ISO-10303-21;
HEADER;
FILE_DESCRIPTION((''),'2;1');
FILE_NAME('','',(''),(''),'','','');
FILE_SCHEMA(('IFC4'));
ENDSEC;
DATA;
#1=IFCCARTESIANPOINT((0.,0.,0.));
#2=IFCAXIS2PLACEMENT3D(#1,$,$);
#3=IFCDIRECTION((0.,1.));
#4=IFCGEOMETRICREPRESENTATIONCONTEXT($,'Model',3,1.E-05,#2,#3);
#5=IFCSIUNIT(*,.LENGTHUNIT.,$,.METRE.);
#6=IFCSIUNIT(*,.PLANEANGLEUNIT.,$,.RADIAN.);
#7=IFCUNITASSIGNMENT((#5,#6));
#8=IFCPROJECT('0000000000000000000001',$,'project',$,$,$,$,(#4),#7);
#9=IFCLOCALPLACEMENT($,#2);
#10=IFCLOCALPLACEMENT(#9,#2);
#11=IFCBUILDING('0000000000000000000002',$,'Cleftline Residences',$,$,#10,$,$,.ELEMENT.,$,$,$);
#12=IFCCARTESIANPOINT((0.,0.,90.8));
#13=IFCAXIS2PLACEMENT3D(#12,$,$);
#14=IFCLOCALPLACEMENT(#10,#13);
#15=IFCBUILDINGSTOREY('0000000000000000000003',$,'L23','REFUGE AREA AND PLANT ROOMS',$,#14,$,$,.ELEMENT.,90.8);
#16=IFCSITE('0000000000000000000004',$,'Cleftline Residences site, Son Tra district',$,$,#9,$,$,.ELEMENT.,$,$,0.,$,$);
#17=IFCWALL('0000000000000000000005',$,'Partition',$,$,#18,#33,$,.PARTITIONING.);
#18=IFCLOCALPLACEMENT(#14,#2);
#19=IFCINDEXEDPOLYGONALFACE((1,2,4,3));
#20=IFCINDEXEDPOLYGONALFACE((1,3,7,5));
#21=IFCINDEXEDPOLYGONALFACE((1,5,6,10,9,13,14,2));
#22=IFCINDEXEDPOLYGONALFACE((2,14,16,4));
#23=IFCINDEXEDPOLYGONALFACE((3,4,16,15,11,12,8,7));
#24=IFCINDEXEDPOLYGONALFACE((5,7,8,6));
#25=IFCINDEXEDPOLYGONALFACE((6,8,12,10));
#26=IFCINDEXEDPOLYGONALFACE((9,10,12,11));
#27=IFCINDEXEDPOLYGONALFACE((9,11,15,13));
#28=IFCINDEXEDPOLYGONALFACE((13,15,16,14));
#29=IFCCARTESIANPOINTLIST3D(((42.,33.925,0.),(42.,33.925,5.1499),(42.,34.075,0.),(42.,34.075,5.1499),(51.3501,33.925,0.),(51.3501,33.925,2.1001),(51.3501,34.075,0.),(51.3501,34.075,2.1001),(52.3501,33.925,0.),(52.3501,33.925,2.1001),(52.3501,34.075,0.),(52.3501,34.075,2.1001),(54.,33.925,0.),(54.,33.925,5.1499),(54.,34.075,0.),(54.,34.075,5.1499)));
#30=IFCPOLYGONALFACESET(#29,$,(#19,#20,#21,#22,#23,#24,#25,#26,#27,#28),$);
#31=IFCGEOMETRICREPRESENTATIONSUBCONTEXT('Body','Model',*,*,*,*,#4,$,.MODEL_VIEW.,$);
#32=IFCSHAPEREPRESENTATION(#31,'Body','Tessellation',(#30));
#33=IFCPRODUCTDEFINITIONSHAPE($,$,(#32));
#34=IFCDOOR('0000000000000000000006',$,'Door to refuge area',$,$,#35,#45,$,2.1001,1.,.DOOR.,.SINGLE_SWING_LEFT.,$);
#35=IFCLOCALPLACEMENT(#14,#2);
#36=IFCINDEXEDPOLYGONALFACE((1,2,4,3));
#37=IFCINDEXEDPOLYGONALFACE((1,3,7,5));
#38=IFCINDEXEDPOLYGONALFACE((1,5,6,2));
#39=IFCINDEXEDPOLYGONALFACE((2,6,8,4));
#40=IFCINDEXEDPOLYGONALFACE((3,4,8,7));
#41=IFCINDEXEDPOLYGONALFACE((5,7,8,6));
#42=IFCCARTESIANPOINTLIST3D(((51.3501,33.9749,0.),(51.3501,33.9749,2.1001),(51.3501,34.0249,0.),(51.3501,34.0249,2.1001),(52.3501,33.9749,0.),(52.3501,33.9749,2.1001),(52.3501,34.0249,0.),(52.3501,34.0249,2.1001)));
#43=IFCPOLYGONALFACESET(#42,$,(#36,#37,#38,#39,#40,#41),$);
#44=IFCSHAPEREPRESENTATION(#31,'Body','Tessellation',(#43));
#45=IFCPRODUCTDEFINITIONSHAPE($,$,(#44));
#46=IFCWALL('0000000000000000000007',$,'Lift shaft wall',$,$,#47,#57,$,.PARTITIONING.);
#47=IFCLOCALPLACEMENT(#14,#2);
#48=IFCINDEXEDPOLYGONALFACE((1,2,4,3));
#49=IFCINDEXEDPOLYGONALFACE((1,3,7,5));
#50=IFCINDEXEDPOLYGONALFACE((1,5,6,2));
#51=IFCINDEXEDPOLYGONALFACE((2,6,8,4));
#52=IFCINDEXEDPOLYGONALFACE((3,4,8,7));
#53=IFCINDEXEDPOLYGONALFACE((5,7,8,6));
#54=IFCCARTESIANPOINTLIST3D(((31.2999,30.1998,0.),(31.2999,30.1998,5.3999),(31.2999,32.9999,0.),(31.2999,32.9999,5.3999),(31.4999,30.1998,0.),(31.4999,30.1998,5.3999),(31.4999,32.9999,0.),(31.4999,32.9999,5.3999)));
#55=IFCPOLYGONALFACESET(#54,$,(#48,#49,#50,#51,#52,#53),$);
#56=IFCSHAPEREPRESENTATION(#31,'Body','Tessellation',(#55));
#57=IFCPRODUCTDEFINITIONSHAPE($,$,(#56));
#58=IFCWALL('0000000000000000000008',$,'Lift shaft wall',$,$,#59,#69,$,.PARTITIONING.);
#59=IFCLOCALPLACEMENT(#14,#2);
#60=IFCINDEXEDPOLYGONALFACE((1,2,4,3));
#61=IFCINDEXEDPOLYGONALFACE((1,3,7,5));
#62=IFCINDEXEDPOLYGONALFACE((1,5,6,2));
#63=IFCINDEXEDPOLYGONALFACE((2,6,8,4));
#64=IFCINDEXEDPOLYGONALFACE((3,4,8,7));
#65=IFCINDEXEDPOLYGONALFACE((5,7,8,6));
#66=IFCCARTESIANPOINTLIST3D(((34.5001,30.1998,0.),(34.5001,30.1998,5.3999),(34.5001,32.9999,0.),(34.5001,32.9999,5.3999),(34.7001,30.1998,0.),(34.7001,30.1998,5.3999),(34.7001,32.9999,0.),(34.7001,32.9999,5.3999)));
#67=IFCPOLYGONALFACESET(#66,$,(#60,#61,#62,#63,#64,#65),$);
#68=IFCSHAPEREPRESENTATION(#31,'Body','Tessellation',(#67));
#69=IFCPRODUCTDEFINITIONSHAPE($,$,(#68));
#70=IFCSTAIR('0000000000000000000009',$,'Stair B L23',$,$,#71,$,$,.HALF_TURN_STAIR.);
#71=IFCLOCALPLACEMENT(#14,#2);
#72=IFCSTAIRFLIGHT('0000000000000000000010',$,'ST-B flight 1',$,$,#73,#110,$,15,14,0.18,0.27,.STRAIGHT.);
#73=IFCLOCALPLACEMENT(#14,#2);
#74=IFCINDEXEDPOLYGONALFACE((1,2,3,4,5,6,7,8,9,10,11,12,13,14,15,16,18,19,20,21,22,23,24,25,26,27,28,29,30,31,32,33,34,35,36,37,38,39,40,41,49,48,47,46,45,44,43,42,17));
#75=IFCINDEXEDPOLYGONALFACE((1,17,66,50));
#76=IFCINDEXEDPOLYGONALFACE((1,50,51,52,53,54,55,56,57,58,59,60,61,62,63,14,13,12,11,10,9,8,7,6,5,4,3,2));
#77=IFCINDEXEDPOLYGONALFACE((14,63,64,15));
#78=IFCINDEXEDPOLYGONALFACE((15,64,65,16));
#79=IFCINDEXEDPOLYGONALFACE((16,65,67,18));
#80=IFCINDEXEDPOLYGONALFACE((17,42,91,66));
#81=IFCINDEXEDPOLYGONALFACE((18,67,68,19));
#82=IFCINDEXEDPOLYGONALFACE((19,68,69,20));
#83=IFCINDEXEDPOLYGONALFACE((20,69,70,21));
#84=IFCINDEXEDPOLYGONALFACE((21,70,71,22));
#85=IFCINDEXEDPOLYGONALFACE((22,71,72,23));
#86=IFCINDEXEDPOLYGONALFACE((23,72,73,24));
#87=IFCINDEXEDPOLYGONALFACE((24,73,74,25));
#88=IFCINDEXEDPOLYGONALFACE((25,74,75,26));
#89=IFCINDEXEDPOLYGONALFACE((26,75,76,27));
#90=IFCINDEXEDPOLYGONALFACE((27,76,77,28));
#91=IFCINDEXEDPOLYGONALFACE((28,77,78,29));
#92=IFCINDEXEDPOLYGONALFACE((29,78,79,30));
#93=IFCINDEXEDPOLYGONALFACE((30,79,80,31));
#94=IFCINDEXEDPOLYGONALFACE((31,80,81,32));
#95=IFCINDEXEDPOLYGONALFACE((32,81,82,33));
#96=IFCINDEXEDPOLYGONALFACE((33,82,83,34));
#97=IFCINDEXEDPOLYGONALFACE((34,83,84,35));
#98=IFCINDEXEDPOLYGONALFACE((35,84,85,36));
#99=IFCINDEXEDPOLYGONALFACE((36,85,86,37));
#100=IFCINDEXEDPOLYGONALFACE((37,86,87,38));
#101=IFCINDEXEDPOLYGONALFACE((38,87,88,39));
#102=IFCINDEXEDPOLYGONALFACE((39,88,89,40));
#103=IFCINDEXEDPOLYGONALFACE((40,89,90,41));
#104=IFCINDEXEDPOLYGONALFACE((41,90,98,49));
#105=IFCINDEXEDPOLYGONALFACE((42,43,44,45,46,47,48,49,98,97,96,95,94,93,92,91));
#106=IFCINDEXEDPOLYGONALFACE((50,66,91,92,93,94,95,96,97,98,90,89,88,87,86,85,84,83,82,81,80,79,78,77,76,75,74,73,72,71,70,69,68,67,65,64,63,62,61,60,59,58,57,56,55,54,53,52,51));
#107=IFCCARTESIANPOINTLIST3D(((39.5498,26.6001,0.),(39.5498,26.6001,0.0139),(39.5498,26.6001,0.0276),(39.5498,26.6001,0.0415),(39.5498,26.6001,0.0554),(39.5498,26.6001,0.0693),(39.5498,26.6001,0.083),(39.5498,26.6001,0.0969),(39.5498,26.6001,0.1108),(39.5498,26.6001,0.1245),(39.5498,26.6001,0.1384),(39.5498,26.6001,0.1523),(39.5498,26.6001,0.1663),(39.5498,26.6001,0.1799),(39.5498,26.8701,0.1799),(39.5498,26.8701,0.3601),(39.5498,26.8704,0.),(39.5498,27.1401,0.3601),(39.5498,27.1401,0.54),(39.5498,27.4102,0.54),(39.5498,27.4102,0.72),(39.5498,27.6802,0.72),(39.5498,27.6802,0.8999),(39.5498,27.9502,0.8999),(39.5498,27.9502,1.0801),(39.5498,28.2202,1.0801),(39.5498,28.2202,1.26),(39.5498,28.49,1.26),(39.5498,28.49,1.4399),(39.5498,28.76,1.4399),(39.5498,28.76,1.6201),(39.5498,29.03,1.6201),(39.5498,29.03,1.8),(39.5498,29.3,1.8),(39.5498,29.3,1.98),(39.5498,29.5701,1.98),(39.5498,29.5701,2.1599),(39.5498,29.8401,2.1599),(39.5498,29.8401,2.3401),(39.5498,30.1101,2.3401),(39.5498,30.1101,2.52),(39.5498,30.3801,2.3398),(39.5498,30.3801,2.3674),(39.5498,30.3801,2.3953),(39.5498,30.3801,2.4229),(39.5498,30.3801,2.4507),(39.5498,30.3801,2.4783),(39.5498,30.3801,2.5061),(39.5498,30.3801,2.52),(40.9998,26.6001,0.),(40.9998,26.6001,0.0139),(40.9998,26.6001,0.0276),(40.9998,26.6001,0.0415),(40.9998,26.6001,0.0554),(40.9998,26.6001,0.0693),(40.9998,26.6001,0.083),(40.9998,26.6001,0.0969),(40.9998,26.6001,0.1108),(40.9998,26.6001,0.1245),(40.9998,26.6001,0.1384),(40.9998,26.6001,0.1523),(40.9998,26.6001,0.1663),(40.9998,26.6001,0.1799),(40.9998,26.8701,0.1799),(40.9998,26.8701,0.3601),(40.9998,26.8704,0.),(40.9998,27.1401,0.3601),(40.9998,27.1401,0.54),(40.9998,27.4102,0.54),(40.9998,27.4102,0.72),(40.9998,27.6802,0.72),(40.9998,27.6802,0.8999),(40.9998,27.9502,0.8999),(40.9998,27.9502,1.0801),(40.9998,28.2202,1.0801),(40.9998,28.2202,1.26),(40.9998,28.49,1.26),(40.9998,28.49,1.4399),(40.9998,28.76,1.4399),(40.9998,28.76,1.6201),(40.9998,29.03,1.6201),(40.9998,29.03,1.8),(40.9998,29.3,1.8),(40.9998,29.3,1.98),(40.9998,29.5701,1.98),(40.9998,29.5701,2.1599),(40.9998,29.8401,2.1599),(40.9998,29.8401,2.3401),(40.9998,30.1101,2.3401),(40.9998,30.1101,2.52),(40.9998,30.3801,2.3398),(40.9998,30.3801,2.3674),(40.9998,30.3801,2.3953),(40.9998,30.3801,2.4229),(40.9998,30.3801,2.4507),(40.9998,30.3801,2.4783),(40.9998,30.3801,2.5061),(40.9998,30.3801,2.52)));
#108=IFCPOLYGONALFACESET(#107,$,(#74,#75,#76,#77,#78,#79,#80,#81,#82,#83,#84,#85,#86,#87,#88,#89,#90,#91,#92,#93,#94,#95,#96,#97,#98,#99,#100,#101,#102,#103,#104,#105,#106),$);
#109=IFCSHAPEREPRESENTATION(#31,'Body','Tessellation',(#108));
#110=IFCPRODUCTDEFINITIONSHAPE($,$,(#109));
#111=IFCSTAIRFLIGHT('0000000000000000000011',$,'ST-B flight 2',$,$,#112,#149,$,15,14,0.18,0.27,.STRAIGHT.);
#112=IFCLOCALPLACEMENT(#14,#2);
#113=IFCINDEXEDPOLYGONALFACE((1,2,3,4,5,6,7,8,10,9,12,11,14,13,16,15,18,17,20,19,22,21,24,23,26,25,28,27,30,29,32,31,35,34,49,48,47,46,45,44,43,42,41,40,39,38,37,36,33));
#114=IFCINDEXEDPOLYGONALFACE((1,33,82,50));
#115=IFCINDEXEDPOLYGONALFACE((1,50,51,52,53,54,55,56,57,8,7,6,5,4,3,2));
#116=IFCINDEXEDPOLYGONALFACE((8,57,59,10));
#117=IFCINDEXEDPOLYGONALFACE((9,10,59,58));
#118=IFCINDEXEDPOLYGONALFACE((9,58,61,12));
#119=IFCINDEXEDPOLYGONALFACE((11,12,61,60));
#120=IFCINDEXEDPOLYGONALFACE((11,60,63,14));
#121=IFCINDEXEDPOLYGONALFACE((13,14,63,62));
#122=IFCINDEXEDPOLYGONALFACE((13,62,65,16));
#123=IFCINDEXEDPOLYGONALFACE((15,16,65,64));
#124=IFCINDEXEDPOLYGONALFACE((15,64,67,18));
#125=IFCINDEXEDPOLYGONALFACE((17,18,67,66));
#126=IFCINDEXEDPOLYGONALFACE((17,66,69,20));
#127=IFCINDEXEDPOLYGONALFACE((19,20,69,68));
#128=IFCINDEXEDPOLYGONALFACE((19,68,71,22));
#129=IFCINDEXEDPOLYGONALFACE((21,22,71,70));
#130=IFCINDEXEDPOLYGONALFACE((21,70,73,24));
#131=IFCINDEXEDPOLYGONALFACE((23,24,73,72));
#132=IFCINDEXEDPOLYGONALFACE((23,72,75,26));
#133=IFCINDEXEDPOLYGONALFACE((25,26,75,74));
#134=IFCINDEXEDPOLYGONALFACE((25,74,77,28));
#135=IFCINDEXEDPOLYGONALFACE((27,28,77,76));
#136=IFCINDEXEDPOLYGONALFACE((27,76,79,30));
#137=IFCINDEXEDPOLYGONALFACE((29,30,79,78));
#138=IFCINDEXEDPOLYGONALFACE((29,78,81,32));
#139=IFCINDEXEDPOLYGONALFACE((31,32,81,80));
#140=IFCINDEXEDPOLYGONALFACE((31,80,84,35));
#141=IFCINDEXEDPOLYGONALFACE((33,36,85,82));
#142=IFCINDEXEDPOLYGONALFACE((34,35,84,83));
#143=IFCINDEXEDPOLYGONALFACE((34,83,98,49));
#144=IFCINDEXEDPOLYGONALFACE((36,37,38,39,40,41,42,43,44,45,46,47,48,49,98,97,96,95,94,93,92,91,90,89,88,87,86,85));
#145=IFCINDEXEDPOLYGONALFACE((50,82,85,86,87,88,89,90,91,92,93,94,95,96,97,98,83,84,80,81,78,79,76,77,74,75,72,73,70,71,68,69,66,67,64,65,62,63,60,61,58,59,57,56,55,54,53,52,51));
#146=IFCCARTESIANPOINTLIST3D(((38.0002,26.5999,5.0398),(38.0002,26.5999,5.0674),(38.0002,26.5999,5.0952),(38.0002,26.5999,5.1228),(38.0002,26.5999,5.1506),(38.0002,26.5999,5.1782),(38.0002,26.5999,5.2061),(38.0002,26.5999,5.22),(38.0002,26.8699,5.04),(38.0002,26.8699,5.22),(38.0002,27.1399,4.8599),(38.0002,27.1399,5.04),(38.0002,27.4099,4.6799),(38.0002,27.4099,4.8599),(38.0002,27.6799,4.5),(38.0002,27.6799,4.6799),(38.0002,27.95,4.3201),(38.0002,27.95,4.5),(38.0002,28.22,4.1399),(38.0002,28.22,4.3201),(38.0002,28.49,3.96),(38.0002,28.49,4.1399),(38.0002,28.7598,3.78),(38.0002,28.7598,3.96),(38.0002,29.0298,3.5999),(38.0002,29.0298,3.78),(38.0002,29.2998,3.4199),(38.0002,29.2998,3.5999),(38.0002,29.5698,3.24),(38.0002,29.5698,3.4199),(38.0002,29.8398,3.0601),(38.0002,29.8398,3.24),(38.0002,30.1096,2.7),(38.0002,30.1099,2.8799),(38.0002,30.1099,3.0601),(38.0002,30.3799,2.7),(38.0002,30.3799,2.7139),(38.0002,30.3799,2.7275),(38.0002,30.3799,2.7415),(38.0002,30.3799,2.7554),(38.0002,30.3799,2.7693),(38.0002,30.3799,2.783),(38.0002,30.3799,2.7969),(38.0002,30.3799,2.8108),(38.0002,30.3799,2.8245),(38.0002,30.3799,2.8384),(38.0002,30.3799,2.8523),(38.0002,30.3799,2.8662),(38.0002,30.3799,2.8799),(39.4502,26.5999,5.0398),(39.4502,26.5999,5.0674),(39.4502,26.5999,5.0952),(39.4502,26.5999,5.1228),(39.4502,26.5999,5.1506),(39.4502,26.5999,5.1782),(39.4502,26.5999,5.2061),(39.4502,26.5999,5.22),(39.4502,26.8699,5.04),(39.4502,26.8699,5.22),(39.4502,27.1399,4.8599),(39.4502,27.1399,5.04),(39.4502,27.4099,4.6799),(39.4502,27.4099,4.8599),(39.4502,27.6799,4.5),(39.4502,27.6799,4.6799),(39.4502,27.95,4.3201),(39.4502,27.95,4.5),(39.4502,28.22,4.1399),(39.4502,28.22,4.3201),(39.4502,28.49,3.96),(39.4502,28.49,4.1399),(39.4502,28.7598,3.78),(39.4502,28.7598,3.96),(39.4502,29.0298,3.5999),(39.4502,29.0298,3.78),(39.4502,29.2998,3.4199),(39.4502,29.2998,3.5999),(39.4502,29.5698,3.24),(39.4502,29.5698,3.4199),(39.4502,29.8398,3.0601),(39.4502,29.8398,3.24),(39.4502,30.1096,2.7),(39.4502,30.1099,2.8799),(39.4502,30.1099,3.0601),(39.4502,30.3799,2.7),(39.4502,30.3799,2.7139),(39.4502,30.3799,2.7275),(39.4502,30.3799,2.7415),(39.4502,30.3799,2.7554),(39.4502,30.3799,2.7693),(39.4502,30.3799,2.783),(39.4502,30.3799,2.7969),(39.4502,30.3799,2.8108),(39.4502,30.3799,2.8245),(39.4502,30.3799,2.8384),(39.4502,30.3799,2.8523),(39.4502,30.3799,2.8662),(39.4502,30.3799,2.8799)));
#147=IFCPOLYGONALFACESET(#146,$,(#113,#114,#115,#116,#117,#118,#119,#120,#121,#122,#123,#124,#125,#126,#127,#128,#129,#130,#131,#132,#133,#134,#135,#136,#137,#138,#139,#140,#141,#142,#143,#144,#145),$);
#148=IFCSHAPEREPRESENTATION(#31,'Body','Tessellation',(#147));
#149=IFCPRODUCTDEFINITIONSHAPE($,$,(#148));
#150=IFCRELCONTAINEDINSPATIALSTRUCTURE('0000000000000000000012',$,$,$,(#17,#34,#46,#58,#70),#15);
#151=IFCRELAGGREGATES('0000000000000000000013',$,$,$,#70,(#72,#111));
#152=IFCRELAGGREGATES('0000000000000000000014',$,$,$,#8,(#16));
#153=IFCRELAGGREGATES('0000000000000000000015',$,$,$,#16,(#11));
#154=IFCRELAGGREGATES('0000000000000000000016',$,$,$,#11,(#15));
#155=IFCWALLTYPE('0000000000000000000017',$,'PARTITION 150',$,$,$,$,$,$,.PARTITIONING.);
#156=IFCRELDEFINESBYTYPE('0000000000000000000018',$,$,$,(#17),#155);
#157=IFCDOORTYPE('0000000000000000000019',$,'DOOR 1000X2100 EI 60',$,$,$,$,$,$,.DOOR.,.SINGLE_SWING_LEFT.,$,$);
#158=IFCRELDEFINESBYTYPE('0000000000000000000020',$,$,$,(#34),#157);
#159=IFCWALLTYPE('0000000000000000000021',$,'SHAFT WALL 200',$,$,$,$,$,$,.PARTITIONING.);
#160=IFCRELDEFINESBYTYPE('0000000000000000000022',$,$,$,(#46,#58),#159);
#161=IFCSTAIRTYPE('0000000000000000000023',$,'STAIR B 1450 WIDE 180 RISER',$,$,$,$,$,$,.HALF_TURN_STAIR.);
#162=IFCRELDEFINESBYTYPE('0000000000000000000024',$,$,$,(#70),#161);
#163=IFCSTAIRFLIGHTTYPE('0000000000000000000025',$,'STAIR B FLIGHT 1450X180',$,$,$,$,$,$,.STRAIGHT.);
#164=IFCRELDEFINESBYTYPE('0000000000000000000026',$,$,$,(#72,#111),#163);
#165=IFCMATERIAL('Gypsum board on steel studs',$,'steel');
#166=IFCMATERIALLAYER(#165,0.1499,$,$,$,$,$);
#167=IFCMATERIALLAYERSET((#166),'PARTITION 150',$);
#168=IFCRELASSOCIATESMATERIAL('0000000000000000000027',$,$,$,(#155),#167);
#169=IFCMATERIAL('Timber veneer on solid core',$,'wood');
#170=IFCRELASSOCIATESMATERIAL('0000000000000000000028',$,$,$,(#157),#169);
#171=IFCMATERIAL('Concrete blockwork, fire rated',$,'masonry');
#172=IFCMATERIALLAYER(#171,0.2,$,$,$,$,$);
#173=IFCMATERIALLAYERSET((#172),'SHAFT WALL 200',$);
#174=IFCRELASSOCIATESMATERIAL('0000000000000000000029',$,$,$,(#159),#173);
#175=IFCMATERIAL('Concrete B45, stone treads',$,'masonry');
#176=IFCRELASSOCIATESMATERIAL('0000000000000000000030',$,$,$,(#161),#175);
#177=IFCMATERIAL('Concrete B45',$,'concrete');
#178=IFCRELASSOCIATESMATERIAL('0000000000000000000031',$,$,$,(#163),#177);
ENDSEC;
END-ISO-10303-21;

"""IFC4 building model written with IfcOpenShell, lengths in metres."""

from ifc_helpers import new_model, si_unit, direction, frame, frame_2d, origin, place, context, subcontext, project, spatial, polyline, rectangle, outline, extrude, material, layer, layer_set, type_object, element, fill, aggregate, save


model = new_model("IFC4")

# Units and contexts
model_context = context("Model", 3, precision=1e-05, world=origin(), true_north=direction((0.0, 1.0)))
body_context = subcontext(model_context, "Body", "Model", "MODEL_VIEW")
ifc_project = project(units=[si_unit("LENGTHUNIT", "METRE"), si_unit("PLANEANGLEUNIT", "RADIAN")], contexts=[model_context])

# Site, building, storey
site_placement = place(None, origin())
site = spatial("IfcSite", under=ifc_project, at=site_placement, Name="Cleftline Residences site, Son Tra district", CompositionType="ELEMENT", RefElevation=0.0)
building_placement = place(site_placement, origin())
building = spatial("IfcBuilding", under=site, at=building_placement, Name="Cleftline Residences", CompositionType="ELEMENT")
storey_placement = place(building_placement, frame((0.0, 0.0, 90.8)))
storey = spatial("IfcBuildingStorey", under=building, at=storey_placement, Name="L23", Description="REFUGE AREA AND PLANT ROOMS", CompositionType="ELEMENT", Elevation=90.8)

# Wall, opening, door
ifc_material_1 = material(Name="Gypsum board on steel studs", Category="steel")
ifc_layer_1 = layer(ifc_material_1, 0.1499)
ifc_layer_set_1 = layer_set([ifc_layer_1], Name="PARTITION 150")
wall_type_1 = type_object("IfcWallType", Name="PARTITION 150", PredefinedType="PARTITIONING", material=ifc_layer_set_1)
wall_1_placement = place(storey_placement, frame((42.0, 34.0, 0.0), z_axis=(0.0, 0.0, 1.0), x_axis=(1.0, 0.0, 0.0)))
wall_1 = element("IfcWall", 1, at=wall_1_placement, inside=storey, type_object=wall_type_1, Name="Partition", PredefinedType="PARTITIONING", context=body_context, shape_type="SweptSolid", body=[
    extrude(rectangle(XDim=12.0, YDim=0.1499, at=frame_2d((6.0, 0.0))), origin(), (0.0, 0.0, 1.0), 5.1499),
])
opening_placement = place(wall_1_placement, frame((9.3501, 0.0, 0.0)))
opening = element("IfcOpeningElement", 2, at=opening_placement, cuts=wall_1, PredefinedType="OPENING", context=body_context, shape_type="SweptSolid", body=[
    extrude(rectangle(XDim=1.0, YDim=2.1001, at=frame_2d((0.5, 1.05))), frame((0.0, 0.085, 0.0), z_axis=(0.0, -1.0, 0.0), x_axis=(1.0, 0.0, 0.0)), (0.0, 0.0, 1.0), 0.1699),
])
ifc_material_2 = material(Name="Timber veneer on solid core", Category="wood")
door_type = type_object("IfcDoorType", Name="DOOR 1000X2100 EI 60", OperationType="SINGLE_SWING_LEFT", PredefinedType="DOOR", material=ifc_material_2)
door_placement = place(opening_placement, origin())
door = element("IfcDoor", 3, at=door_placement, inside=storey, type_object=door_type, Name="Door to refuge area", OperationType="SINGLE_SWING_LEFT", OverallHeight=2.1001, OverallWidth=1.0, PredefinedType="DOOR", context=body_context, shape_type="SweptSolid", body=[
    extrude(rectangle(XDim=1.0, YDim=2.1001, at=frame_2d((0.5, 1.05))), frame((0.0, 0.0249, 0.0), z_axis=(0.0, -1.0, 0.0), x_axis=(1.0, 0.0, 0.0)), (0.0, 0.0, 1.0), 0.05),
])
fill(opening, door)

# Walls
ifc_material_3 = material(Name="Concrete blockwork, fire rated", Category="masonry")
ifc_layer_2 = layer(ifc_material_3, 0.2)
ifc_layer_set_2 = layer_set([ifc_layer_2], Name="SHAFT WALL 200")
wall_type_2 = type_object("IfcWallType", Name="SHAFT WALL 200", PredefinedType="PARTITIONING", material=ifc_layer_set_2)
for number, where, z_axis, x_axis, name in (
    (4, (31.3999, 30.2, 0.0), (0.0, 0.0, 1.0), (0.0, 1.0, 0.0), "Lift shaft wall"),
    (5, (34.6001, 30.2, 0.0), (0.0, 0.0, 1.0), (0.0, 1.0, 0.0), "Lift shaft wall"),
):
    element("IfcWall", number, at=place(storey_placement, frame(where, z_axis=z_axis, x_axis=x_axis)), inside=storey, type_object=wall_type_2, Name=name, PredefinedType="PARTITIONING", context=body_context, shape_type="SweptSolid", body=[
        extrude(rectangle(XDim=2.8, YDim=0.2, at=frame_2d((1.3999, 0.0))), origin(), (0.0, 0.0, 1.0), 5.3999),
    ])

# Stair, stair flights
ifc_material_4 = material(Name="Concrete B45, stone treads", Category="masonry")
stair_type = type_object("IfcStairType", Name="STAIR B 1450 WIDE 180 RISER", PredefinedType="HALF_TURN_STAIR", material=ifc_material_4)
stair_placement = place(storey_placement, origin())
stair = element("IfcStair", 6, at=stair_placement, inside=storey, type_object=stair_type, Name="Stair B L23", PredefinedType="HALF_TURN_STAIR")
ifc_material_5 = material(Name="Concrete B45", Category="concrete")
stair_flight_type = type_object("IfcStairFlightType", Name="STAIR B FLIGHT 1450X180", PredefinedType="STRAIGHT", material=ifc_material_5)
stair_flight_1_placement = place(storey_placement, frame((40.2749, 26.6001, 0.0), z_axis=(0.0, 0.0, 1.0), x_axis=(0.0, 1.0, 0.0)))
stair_flight_1 = element("IfcStairFlight", 7, at=stair_flight_1_placement, type_object=stair_flight_type, Name="ST-B flight 1", NumberOfRisers=15, NumberOfTreads=14, PredefinedType="STRAIGHT", RiserHeight=0.18, TreadLength=0.27, context=body_context, shape_type="SweptSolid", body=[
    extrude(outline(polyline([(0.0, 0.0), (0.0, 0.0139), (0.0, 0.0276), (0.0, 0.0415), (0.0, 0.0554), (0.0, 0.0693), (0.0, 0.083), (0.0, 0.0969), (0.0, 0.1108), (0.0, 0.1245), (0.0, 0.1384), (0.0, 0.1523), (0.0, 0.1663), (0.0, 0.1799), (0.27, 0.1799), (0.27, 0.3601), (0.54, 0.3601), (0.54, 0.54), (0.8101, 0.54), (0.8101, 0.72), (1.0801, 0.72), (1.0801, 0.8999), (1.3501, 0.8999), (1.3501, 1.0801), (1.6201, 1.0801), (1.6201, 1.26), (1.8899, 1.26), (1.8899, 1.4399), (2.1599, 1.4399), (2.1599, 1.6201), (2.4299, 1.6201), (2.4299, 1.8), (2.7, 1.8), (2.7, 1.98), (2.97, 1.98), (2.97, 2.1599), (3.24, 2.1599), (3.24, 2.3401), (3.51, 2.3401), (3.51, 2.52), (3.78, 2.52), (3.78, 2.7), (3.78, 2.6724), (3.78, 2.6445), (3.78, 2.6169), (3.78, 2.5891), (3.78, 2.5615), (3.78, 2.5337), (3.78, 2.5061), (3.78, 2.4783), (3.78, 2.4507), (3.78, 2.4229), (3.78, 2.3953), (3.78, 2.3674), (3.78, 2.3398), (0.2703, 0.0), (0.0, 0.0)])), frame((0.0, 0.7251, 0.0), z_axis=(0.0, -1.0, 0.0), x_axis=(1.0, 0.0, 0.0)), (0.0, 0.0, 1.0), 1.45),
])
stair_flight_2_placement = place(storey_placement, frame((38.7251, 30.3799, 2.7), z_axis=(0.0, 0.0, 1.0), x_axis=(0.0, -1.0, 0.0)))
stair_flight_2 = element("IfcStairFlight", 8, at=stair_flight_2_placement, type_object=stair_flight_type, Name="ST-B flight 2", NumberOfRisers=15, NumberOfTreads=14, PredefinedType="STRAIGHT", RiserHeight=0.18, TreadLength=0.27, context=body_context, shape_type="SweptSolid", body=[
    extrude(outline(polyline([(0.0, 0.0), (0.0, 0.0139), (0.0, 0.0276), (0.0, 0.0415), (0.0, 0.0554), (0.0, 0.0693), (0.0, 0.083), (0.0, 0.0969), (0.0, 0.1108), (0.0, 0.1245), (0.0, 0.1384), (0.0, 0.1523), (0.0, 0.1663), (0.0, 0.1799), (0.27, 0.1799), (0.27, 0.3601), (0.54, 0.3601), (0.54, 0.54), (0.8101, 0.54), (0.8101, 0.72), (1.0801, 0.72), (1.0801, 0.8999), (1.3501, 0.8999), (1.3501, 1.0801), (1.6201, 1.0801), (1.6201, 1.26), (1.8899, 1.26), (1.8899, 1.4399), (2.1599, 1.4399), (2.1599, 1.6201), (2.4299, 1.6201), (2.4299, 1.8), (2.7, 1.8), (2.7, 1.98), (2.97, 1.98), (2.97, 2.1599), (3.24, 2.1599), (3.24, 2.3401), (3.51, 2.3401), (3.51, 2.52), (3.78, 2.52), (3.78, 2.7), (3.78, 2.6724), (3.78, 2.6445), (3.78, 2.6169), (3.78, 2.5891), (3.78, 2.5615), (3.78, 2.5337), (3.78, 2.5061), (3.78, 2.4783), (3.78, 2.4507), (3.78, 2.4229), (3.78, 2.3953), (3.78, 2.3674), (3.78, 2.3398), (0.2703, 0.0), (0.0, 0.0)])), frame((0.0, 0.7251, 0.0), z_axis=(0.0, -1.0, 0.0), x_axis=(1.0, 0.0, 0.0)), (0.0, 0.0, 1.0), 1.45),
])
aggregate(stair, [stair_flight_1, stair_flight_2])

save(model, "model.ifc")
